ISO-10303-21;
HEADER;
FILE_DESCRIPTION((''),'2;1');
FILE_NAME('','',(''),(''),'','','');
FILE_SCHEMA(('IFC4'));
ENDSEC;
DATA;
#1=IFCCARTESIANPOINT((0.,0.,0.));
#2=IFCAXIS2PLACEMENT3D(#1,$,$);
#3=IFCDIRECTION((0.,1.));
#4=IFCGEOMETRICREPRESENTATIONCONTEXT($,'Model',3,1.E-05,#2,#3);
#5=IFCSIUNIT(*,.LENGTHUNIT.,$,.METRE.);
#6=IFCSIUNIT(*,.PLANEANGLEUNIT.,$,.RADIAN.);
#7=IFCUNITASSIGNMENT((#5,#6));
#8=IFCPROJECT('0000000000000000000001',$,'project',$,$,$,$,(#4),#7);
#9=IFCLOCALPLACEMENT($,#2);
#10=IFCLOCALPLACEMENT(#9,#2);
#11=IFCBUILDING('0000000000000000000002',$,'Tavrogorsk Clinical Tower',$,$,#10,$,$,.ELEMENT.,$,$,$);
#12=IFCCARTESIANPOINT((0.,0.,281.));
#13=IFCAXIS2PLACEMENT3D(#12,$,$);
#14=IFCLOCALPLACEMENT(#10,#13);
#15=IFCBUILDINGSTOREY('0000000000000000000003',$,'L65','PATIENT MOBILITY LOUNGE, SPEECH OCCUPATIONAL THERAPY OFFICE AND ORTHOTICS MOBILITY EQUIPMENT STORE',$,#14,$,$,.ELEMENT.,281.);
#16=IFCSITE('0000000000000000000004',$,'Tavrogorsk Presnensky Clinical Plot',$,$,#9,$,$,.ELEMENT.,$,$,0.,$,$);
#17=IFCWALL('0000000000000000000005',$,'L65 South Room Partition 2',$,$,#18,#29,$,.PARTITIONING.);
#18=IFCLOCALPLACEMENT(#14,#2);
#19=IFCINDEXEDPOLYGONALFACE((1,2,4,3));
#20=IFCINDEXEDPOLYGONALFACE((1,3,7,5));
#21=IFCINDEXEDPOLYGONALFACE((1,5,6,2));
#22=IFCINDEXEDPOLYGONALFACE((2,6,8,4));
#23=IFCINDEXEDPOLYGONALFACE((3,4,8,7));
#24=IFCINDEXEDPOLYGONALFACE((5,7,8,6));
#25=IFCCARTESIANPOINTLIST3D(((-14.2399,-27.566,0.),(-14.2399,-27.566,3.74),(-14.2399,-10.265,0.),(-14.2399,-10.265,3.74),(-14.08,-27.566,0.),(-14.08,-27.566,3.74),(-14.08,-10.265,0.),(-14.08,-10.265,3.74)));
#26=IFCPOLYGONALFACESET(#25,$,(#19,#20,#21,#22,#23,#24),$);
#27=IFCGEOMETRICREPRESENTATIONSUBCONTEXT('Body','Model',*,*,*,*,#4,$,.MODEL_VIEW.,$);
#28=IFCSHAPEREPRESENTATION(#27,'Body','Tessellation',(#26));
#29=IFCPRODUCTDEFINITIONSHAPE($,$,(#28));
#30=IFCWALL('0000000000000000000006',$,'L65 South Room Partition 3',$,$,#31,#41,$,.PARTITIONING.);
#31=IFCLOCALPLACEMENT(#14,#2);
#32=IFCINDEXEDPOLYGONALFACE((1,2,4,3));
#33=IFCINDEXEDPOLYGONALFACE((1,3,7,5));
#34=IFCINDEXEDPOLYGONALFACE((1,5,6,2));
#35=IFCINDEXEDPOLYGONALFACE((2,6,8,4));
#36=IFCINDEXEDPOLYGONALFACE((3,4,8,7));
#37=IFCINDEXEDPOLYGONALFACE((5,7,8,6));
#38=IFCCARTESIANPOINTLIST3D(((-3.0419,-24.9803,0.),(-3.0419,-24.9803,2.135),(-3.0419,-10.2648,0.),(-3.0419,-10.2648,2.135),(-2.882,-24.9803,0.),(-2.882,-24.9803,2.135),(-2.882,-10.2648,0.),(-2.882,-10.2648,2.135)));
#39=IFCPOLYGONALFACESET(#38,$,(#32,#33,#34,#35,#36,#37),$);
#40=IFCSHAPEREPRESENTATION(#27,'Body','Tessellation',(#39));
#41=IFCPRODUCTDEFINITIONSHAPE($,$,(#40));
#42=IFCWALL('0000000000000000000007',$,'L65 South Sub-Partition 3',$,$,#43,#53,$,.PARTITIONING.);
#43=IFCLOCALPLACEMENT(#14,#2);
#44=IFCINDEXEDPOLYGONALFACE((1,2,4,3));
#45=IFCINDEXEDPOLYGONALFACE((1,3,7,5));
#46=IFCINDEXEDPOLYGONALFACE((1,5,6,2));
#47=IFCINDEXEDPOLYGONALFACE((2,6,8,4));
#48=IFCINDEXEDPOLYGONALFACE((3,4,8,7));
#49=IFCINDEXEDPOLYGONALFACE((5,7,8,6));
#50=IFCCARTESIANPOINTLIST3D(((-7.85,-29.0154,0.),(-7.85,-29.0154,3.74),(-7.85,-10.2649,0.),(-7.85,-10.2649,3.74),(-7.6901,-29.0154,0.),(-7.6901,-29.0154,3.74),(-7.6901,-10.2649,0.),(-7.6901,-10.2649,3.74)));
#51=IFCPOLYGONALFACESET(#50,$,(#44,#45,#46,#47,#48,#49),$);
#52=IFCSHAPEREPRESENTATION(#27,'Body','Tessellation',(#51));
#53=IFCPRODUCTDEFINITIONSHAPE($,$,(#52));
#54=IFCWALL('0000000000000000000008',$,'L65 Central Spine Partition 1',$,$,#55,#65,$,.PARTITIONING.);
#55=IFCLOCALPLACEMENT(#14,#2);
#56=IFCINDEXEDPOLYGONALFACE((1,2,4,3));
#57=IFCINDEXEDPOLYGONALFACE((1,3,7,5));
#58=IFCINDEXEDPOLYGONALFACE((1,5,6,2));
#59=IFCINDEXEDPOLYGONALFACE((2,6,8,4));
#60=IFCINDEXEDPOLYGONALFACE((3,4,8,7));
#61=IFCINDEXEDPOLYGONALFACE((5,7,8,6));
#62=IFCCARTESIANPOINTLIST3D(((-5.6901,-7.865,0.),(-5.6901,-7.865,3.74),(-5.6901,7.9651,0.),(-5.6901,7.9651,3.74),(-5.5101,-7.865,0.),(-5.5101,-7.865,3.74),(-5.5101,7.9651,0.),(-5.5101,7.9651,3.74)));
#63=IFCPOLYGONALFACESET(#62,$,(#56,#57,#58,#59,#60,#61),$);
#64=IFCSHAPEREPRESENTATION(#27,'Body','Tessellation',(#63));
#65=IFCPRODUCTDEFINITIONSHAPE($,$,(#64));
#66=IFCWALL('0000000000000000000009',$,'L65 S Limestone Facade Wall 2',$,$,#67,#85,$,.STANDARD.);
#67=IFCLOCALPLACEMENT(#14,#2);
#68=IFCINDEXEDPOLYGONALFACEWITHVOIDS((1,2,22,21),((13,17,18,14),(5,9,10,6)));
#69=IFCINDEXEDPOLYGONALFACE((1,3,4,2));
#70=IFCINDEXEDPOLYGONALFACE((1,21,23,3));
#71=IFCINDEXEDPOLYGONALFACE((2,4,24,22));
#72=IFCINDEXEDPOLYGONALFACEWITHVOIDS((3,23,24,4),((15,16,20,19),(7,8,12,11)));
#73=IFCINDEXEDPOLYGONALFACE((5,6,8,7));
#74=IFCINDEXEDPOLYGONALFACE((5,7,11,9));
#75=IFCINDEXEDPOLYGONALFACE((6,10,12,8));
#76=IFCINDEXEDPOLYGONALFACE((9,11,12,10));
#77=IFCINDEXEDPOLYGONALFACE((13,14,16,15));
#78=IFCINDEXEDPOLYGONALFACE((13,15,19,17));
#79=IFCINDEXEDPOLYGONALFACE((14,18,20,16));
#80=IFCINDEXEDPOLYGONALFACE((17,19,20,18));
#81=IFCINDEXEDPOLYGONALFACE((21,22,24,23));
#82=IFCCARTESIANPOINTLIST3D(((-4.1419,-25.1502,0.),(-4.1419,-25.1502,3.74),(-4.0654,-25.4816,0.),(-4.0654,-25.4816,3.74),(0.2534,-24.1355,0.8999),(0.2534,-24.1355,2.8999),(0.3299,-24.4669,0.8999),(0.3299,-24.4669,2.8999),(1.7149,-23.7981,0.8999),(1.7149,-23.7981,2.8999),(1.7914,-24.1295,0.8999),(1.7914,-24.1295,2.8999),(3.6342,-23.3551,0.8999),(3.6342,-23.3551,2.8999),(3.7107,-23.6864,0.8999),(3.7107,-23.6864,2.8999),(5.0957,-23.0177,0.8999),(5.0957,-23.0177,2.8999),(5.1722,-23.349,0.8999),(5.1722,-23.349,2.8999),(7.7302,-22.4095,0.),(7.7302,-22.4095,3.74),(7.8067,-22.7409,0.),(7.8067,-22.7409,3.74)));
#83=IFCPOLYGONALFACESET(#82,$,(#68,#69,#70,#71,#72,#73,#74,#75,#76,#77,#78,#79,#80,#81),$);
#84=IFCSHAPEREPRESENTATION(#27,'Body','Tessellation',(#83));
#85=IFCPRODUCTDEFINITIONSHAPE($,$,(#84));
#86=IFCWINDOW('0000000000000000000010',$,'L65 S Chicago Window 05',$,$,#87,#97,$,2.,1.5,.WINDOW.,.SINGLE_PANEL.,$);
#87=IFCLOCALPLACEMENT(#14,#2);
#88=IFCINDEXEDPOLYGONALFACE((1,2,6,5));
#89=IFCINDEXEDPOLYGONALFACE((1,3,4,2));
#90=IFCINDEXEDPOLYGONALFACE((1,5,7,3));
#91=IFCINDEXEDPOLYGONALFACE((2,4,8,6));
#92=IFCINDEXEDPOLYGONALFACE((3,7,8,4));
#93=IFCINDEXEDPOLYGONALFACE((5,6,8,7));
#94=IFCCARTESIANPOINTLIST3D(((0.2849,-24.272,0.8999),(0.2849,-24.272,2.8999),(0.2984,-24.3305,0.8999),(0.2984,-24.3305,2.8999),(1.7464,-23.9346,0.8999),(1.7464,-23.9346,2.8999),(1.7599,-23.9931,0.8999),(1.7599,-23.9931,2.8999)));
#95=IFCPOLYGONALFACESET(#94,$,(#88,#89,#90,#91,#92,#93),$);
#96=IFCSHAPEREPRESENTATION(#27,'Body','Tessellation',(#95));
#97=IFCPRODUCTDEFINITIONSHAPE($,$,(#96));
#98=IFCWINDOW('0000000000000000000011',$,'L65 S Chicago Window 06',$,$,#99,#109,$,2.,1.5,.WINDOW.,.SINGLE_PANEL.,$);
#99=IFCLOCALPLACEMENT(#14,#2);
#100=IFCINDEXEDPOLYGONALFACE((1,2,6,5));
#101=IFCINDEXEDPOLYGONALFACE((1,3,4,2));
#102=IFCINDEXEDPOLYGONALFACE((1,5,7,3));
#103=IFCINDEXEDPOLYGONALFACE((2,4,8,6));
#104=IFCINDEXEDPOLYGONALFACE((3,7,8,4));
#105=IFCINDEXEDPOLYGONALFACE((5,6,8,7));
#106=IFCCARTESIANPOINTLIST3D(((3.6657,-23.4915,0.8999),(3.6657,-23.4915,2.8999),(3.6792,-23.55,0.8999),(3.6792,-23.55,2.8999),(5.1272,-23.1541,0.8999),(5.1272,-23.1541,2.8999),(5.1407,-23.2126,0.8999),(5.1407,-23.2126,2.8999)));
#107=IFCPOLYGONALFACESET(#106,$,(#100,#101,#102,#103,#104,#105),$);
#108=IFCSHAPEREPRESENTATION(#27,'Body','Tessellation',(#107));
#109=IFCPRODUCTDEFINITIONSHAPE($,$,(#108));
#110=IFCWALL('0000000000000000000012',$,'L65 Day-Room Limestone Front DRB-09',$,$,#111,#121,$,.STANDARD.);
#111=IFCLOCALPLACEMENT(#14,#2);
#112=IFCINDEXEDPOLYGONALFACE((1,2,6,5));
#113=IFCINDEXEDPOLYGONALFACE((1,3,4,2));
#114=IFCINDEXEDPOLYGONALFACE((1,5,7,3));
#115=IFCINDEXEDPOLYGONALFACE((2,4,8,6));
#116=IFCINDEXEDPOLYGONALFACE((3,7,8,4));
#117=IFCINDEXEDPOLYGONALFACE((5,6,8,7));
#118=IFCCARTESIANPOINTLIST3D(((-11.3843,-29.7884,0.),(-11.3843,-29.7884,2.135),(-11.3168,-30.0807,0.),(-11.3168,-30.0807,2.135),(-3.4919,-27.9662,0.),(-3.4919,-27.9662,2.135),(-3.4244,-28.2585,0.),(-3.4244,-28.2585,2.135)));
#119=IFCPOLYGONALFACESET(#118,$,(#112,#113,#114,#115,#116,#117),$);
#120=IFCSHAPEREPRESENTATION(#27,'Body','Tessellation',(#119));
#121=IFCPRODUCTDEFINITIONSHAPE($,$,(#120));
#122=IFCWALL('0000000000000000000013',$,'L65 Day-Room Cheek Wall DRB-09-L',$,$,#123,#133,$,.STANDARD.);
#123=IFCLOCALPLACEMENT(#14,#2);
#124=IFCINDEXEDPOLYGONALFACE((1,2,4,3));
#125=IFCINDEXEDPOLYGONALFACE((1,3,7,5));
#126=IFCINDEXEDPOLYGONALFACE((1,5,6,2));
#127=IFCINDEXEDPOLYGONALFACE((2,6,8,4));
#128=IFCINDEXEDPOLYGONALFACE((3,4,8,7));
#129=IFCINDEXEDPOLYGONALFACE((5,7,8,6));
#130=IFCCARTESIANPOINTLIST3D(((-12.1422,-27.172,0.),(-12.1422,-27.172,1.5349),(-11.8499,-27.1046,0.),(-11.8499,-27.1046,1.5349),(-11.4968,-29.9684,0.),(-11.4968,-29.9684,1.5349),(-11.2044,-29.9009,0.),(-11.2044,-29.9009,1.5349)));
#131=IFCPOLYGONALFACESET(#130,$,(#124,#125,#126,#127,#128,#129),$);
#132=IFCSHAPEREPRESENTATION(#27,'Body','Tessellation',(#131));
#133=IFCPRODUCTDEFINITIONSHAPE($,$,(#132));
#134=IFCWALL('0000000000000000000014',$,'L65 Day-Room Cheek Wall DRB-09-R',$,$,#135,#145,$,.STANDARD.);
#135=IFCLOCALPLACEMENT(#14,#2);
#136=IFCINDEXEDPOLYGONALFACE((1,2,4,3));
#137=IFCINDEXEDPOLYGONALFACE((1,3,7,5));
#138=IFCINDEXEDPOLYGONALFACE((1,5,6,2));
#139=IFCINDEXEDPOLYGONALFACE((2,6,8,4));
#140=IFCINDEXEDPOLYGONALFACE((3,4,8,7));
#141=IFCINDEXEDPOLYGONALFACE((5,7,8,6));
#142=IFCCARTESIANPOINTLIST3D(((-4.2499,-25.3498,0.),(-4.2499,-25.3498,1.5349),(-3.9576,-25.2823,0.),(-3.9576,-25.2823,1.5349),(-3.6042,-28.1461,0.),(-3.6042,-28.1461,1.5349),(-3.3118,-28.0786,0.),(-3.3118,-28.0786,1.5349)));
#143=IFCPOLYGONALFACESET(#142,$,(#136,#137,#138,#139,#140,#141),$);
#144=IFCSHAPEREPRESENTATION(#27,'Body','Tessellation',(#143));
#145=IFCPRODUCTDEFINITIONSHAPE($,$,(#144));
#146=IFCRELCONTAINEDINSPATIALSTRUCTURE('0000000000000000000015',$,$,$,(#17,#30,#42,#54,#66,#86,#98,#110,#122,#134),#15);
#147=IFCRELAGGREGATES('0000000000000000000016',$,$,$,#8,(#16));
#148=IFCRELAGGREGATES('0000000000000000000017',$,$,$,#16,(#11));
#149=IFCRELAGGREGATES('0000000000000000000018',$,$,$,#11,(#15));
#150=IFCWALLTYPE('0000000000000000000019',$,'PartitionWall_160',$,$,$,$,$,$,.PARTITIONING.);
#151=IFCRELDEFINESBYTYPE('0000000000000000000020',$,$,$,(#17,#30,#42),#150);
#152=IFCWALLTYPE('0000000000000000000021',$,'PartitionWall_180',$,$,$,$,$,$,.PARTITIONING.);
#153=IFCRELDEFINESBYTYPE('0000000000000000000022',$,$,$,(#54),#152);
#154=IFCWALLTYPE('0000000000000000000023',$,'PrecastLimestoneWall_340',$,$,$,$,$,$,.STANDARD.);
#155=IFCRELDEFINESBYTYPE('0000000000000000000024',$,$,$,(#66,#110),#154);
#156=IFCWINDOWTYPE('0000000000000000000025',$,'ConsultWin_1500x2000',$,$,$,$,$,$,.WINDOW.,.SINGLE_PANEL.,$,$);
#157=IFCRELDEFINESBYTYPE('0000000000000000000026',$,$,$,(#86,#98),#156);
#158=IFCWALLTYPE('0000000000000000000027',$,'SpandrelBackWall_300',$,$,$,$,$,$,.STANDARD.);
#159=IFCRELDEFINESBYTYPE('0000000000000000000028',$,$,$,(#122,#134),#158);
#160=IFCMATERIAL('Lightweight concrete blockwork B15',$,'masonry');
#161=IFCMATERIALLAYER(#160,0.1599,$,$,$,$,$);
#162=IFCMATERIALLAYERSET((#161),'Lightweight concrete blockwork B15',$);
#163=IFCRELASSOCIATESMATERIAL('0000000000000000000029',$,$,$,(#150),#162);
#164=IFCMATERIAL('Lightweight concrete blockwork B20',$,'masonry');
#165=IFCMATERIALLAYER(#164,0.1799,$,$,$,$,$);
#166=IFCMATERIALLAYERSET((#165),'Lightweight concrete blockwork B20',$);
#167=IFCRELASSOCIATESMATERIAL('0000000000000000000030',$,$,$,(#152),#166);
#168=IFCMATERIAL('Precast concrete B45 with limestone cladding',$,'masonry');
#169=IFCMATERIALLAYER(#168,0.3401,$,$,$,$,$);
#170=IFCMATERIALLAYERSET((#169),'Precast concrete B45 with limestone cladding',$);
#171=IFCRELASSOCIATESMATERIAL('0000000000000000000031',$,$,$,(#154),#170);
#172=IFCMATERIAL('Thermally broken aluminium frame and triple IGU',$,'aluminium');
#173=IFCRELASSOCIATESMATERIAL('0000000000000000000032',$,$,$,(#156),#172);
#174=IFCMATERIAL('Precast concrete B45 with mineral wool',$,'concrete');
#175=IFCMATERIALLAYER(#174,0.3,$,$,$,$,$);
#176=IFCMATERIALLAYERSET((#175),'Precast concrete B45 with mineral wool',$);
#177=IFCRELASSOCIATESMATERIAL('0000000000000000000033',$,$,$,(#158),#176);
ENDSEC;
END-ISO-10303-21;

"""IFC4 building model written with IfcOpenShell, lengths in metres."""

from ifc_helpers import new_model, si_unit, direction, frame, frame_2d, origin, place, context, subcontext, project, spatial, rectangle, extrude, material, layer, layer_set, type_object, element, fill, save


model = new_model("IFC4")

# Units and contexts
model_context = context("Model", 3, precision=1e-05, world=origin(), true_north=direction((0.0, 1.0)))
body_context = subcontext(model_context, "Body", "Model", "MODEL_VIEW")
ifc_project = project(units=[si_unit("LENGTHUNIT", "METRE"), si_unit("PLANEANGLEUNIT", "RADIAN")], contexts=[model_context])

# Site, building, storey
site_placement = place(None, origin())
site = spatial("IfcSite", under=ifc_project, at=site_placement, Name="Tavrogorsk Presnensky Clinical Plot", CompositionType="ELEMENT", RefElevation=0.0)
building_placement = place(site_placement, origin())
building = spatial("IfcBuilding", under=site, at=building_placement, Name="Tavrogorsk Clinical Tower", CompositionType="ELEMENT")
storey_placement = place(building_placement, frame((0.0, 0.0, 281.0)))
storey = spatial("IfcBuildingStorey", under=building, at=storey_placement, Name="L65", Description="PATIENT MOBILITY LOUNGE, SPEECH OCCUPATIONAL THERAPY OFFICE AND ORTHOTICS MOBILITY EQUIPMENT STORE", CompositionType="ELEMENT", Elevation=281.0)

# Walls
ifc_material_1 = material(Name="Lightweight concrete blockwork B15", Category="masonry")
ifc_layer_1 = layer(ifc_material_1, 0.1599)
ifc_layer_set_1 = layer_set([ifc_layer_1], Name="Lightweight concrete blockwork B15")
wall_type_1 = type_object("IfcWallType", Name="PartitionWall_160", PredefinedType="PARTITIONING", material=ifc_layer_set_1)
wall_1_placement = place(storey_placement, frame((-14.1599, -27.5659, 0.0), z_axis=(0.0, 0.0, 1.0), x_axis=(0.0, 1.0, 0.0)))
element("IfcWall", 1, at=wall_1_placement, inside=storey, type_object=wall_type_1, Name="L65 South Room Partition 2", PredefinedType="PARTITIONING", context=body_context, shape_type="SweptSolid", body=[
    extrude(rectangle(XDim=17.301, YDim=0.1599, at=frame_2d((8.6504, 0.0))), origin(), (0.0, 0.0, 1.0), 3.74),
])
wall_2_placement = place(storey_placement, frame((-2.9619, -24.9805, 0.0), z_axis=(0.0, 0.0, 1.0), x_axis=(0.0, 1.0, 0.0)))
element("IfcWall", 2, at=wall_2_placement, inside=storey, type_object=wall_type_1, Name="L65 South Room Partition 3", PredefinedType="PARTITIONING", context=body_context, shape_type="SweptSolid", body=[
    extrude(rectangle(XDim=14.7156, YDim=0.1599, at=frame_2d((7.3579, 0.0))), origin(), (0.0, 0.0, 1.0), 2.135),
])
wall_3_placement = place(storey_placement, frame((-7.77, -29.0154, 0.0), z_axis=(0.0, 0.0, 1.0), x_axis=(0.0, 1.0, 0.0)))
element("IfcWall", 3, at=wall_3_placement, inside=storey, type_object=wall_type_1, Name="L65 South Sub-Partition 3", PredefinedType="PARTITIONING", context=body_context, shape_type="SweptSolid", body=[
    extrude(rectangle(XDim=18.7505, YDim=0.1599, at=frame_2d((9.3752, 0.0))), origin(), (0.0, 0.0, 1.0), 3.74),
])
ifc_material_2 = material(Name="Lightweight concrete blockwork B20", Category="masonry")
ifc_layer_2 = layer(ifc_material_2, 0.1799)
ifc_layer_set_2 = layer_set([ifc_layer_2], Name="Lightweight concrete blockwork B20")
wall_type_2 = type_object("IfcWallType", Name="PartitionWall_180", PredefinedType="PARTITIONING", material=ifc_layer_set_2)
wall_4_placement = place(storey_placement, frame((-5.6001, -7.865, 0.0), z_axis=(0.0, 0.0, 1.0), x_axis=(0.0, 1.0, 0.0)))
element("IfcWall", 4, at=wall_4_placement, inside=storey, type_object=wall_type_2, Name="L65 Central Spine Partition 1", PredefinedType="PARTITIONING", context=body_context, shape_type="SweptSolid", body=[
    extrude(rectangle(XDim=15.8301, YDim=0.1799, at=frame_2d((7.915, 0.0))), origin(), (0.0, 0.0, 1.0), 3.74),
])

# Wall, openings, windows
ifc_material_3 = material(Name="Precast concrete B45 with limestone cladding", Category="masonry")
ifc_layer_3 = layer(ifc_material_3, 0.3401)
ifc_layer_set_3 = layer_set([ifc_layer_3], Name="Precast concrete B45 with limestone cladding")
wall_type_3 = type_object("IfcWallType", Name="PrecastLimestoneWall_340", PredefinedType="STANDARD", material=ifc_layer_set_3)
wall_5_placement = place(storey_placement, frame((-4.1038, -25.3159, 0.0), z_axis=(0.0, 0.0, 1.0), x_axis=(0.974373, 0.224939, 0.0)))
wall_5 = element("IfcWall", 5, at=wall_5_placement, inside=storey, type_object=wall_type_3, Name="L65 S Limestone Facade Wall 2", PredefinedType="STANDARD", context=body_context, shape_type="SweptSolid", body=[
    extrude(rectangle(XDim=12.1843, YDim=0.3401, at=frame_2d((6.0923, 0.0))), origin(), (0.0, 0.0, 1.0), 3.74),
])
opening_1_placement = place(wall_5_placement, frame((4.511, 0.0, 0.8999)))
opening_1 = element("IfcOpeningElement", 6, at=opening_1_placement, cuts=wall_5, PredefinedType="OPENING", context=body_context, shape_type="SweptSolid", body=[
    extrude(rectangle(XDim=1.5, YDim=2.0, at=frame_2d((0.75, 1.0))), frame((0.0, 0.1799, 0.0), z_axis=(0.0, -1.0, 0.0), x_axis=(1.0, 0.0, 0.0)), (0.0, 0.0, 1.0), 0.3601),
])
opening_2_placement = place(wall_5_placement, frame((7.9807, 0.0, 0.8999)))
opening_2 = element("IfcOpeningElement", 7, at=opening_2_placement, cuts=wall_5, PredefinedType="OPENING", context=body_context, shape_type="SweptSolid", body=[
    extrude(rectangle(XDim=1.5, YDim=2.0, at=frame_2d((0.75, 1.0))), frame((0.0, 0.1799, 0.0), z_axis=(0.0, -1.0, 0.0), x_axis=(1.0, 0.0, 0.0)), (0.0, 0.0, 1.0), 0.3601),
])
ifc_material_4 = material(Name="Thermally broken aluminium frame and triple IGU", Category="aluminium")
window_type = type_object("IfcWindowType", Name="ConsultWin_1500x2000", PartitioningType="SINGLE_PANEL", PredefinedType="WINDOW", material=ifc_material_4)
window_1_placement = place(opening_1_placement, origin())
window_1 = element("IfcWindow", 8, at=window_1_placement, inside=storey, type_object=window_type, Name="L65 S Chicago Window 05", OverallHeight=2.0, OverallWidth=1.5, PartitioningType="SINGLE_PANEL", PredefinedType="WINDOW", context=body_context, shape_type="SweptSolid", body=[
    extrude(rectangle(XDim=1.5, YDim=2.0, at=frame_2d((0.75, 1.0))), frame((0.0, 0.03, 0.0), z_axis=(0.0, -1.0, 0.0), x_axis=(1.0, 0.0, 0.0)), (0.0, 0.0, 1.0), 0.0601),
])
fill(opening_1, window_1)
window_2_placement = place(opening_2_placement, origin())
window_2 = element("IfcWindow", 9, at=window_2_placement, inside=storey, type_object=window_type, Name="L65 S Chicago Window 06", OverallHeight=2.0, OverallWidth=1.5, PartitioningType="SINGLE_PANEL", PredefinedType="WINDOW", context=body_context, shape_type="SweptSolid", body=[
    extrude(rectangle(XDim=1.5, YDim=2.0, at=frame_2d((0.75, 1.0))), frame((0.0, 0.03, 0.0), z_axis=(0.0, -1.0, 0.0), x_axis=(1.0, 0.0, 0.0)), (0.0, 0.0, 1.0), 0.0601),
])
fill(opening_2, window_2)

# Walls
wall_6_placement = place(storey_placement, frame((-11.3506, -29.9346, 0.0), z_axis=(0.0, 0.0, 1.0), x_axis=(0.974367, 0.224965, 0.0)))
element("IfcWall", 10, at=wall_6_placement, inside=storey, type_object=wall_type_3, Name="L65 Day-Room Limestone Front DRB-09", PredefinedType="STANDARD", context=body_context, shape_type="SweptSolid", body=[
    extrude(rectangle(XDim=8.1001, YDim=0.3, at=frame_2d((4.05, 0.0))), origin(), (0.0, 0.0, 1.0), 2.135),
])
ifc_material_5 = material(Name="Precast concrete B45 with mineral wool", Category="concrete")
ifc_layer_4 = layer(ifc_material_5, 0.3)
ifc_layer_set_4 = layer_set([ifc_layer_4], Name="Precast concrete B45 with mineral wool")
wall_type_4 = type_object("IfcWallType", Name="SpandrelBackWall_300", PredefinedType="STANDARD", material=ifc_layer_set_4)
for number, where, z_axis, x_axis, name in (
    (11, (-11.9961, -27.1382, 0.0), (0.0, 0.0, 1.0), (0.224922, -0.974377, 0.0), "L65 Day-Room Cheek Wall DRB-09-L"),
    (12, (-4.1038, -25.3159, 0.0), (0.0, 0.0, 1.0), (0.225002, -0.974358, 0.0), "L65 Day-Room Cheek Wall DRB-09-R"),
):
    element("IfcWall", number, at=place(storey_placement, frame(where, z_axis=z_axis, x_axis=x_axis)), inside=storey, type_object=wall_type_4, Name=name, PredefinedType="STANDARD", context=body_context, shape_type="SweptSolid", body=[
        extrude(rectangle(XDim=2.8699, YDim=0.3, at=frame_2d((1.4351, 0.0))), origin(), (0.0, 0.0, 1.0), 1.5349),
    ])

save(model, "model.ifc")
